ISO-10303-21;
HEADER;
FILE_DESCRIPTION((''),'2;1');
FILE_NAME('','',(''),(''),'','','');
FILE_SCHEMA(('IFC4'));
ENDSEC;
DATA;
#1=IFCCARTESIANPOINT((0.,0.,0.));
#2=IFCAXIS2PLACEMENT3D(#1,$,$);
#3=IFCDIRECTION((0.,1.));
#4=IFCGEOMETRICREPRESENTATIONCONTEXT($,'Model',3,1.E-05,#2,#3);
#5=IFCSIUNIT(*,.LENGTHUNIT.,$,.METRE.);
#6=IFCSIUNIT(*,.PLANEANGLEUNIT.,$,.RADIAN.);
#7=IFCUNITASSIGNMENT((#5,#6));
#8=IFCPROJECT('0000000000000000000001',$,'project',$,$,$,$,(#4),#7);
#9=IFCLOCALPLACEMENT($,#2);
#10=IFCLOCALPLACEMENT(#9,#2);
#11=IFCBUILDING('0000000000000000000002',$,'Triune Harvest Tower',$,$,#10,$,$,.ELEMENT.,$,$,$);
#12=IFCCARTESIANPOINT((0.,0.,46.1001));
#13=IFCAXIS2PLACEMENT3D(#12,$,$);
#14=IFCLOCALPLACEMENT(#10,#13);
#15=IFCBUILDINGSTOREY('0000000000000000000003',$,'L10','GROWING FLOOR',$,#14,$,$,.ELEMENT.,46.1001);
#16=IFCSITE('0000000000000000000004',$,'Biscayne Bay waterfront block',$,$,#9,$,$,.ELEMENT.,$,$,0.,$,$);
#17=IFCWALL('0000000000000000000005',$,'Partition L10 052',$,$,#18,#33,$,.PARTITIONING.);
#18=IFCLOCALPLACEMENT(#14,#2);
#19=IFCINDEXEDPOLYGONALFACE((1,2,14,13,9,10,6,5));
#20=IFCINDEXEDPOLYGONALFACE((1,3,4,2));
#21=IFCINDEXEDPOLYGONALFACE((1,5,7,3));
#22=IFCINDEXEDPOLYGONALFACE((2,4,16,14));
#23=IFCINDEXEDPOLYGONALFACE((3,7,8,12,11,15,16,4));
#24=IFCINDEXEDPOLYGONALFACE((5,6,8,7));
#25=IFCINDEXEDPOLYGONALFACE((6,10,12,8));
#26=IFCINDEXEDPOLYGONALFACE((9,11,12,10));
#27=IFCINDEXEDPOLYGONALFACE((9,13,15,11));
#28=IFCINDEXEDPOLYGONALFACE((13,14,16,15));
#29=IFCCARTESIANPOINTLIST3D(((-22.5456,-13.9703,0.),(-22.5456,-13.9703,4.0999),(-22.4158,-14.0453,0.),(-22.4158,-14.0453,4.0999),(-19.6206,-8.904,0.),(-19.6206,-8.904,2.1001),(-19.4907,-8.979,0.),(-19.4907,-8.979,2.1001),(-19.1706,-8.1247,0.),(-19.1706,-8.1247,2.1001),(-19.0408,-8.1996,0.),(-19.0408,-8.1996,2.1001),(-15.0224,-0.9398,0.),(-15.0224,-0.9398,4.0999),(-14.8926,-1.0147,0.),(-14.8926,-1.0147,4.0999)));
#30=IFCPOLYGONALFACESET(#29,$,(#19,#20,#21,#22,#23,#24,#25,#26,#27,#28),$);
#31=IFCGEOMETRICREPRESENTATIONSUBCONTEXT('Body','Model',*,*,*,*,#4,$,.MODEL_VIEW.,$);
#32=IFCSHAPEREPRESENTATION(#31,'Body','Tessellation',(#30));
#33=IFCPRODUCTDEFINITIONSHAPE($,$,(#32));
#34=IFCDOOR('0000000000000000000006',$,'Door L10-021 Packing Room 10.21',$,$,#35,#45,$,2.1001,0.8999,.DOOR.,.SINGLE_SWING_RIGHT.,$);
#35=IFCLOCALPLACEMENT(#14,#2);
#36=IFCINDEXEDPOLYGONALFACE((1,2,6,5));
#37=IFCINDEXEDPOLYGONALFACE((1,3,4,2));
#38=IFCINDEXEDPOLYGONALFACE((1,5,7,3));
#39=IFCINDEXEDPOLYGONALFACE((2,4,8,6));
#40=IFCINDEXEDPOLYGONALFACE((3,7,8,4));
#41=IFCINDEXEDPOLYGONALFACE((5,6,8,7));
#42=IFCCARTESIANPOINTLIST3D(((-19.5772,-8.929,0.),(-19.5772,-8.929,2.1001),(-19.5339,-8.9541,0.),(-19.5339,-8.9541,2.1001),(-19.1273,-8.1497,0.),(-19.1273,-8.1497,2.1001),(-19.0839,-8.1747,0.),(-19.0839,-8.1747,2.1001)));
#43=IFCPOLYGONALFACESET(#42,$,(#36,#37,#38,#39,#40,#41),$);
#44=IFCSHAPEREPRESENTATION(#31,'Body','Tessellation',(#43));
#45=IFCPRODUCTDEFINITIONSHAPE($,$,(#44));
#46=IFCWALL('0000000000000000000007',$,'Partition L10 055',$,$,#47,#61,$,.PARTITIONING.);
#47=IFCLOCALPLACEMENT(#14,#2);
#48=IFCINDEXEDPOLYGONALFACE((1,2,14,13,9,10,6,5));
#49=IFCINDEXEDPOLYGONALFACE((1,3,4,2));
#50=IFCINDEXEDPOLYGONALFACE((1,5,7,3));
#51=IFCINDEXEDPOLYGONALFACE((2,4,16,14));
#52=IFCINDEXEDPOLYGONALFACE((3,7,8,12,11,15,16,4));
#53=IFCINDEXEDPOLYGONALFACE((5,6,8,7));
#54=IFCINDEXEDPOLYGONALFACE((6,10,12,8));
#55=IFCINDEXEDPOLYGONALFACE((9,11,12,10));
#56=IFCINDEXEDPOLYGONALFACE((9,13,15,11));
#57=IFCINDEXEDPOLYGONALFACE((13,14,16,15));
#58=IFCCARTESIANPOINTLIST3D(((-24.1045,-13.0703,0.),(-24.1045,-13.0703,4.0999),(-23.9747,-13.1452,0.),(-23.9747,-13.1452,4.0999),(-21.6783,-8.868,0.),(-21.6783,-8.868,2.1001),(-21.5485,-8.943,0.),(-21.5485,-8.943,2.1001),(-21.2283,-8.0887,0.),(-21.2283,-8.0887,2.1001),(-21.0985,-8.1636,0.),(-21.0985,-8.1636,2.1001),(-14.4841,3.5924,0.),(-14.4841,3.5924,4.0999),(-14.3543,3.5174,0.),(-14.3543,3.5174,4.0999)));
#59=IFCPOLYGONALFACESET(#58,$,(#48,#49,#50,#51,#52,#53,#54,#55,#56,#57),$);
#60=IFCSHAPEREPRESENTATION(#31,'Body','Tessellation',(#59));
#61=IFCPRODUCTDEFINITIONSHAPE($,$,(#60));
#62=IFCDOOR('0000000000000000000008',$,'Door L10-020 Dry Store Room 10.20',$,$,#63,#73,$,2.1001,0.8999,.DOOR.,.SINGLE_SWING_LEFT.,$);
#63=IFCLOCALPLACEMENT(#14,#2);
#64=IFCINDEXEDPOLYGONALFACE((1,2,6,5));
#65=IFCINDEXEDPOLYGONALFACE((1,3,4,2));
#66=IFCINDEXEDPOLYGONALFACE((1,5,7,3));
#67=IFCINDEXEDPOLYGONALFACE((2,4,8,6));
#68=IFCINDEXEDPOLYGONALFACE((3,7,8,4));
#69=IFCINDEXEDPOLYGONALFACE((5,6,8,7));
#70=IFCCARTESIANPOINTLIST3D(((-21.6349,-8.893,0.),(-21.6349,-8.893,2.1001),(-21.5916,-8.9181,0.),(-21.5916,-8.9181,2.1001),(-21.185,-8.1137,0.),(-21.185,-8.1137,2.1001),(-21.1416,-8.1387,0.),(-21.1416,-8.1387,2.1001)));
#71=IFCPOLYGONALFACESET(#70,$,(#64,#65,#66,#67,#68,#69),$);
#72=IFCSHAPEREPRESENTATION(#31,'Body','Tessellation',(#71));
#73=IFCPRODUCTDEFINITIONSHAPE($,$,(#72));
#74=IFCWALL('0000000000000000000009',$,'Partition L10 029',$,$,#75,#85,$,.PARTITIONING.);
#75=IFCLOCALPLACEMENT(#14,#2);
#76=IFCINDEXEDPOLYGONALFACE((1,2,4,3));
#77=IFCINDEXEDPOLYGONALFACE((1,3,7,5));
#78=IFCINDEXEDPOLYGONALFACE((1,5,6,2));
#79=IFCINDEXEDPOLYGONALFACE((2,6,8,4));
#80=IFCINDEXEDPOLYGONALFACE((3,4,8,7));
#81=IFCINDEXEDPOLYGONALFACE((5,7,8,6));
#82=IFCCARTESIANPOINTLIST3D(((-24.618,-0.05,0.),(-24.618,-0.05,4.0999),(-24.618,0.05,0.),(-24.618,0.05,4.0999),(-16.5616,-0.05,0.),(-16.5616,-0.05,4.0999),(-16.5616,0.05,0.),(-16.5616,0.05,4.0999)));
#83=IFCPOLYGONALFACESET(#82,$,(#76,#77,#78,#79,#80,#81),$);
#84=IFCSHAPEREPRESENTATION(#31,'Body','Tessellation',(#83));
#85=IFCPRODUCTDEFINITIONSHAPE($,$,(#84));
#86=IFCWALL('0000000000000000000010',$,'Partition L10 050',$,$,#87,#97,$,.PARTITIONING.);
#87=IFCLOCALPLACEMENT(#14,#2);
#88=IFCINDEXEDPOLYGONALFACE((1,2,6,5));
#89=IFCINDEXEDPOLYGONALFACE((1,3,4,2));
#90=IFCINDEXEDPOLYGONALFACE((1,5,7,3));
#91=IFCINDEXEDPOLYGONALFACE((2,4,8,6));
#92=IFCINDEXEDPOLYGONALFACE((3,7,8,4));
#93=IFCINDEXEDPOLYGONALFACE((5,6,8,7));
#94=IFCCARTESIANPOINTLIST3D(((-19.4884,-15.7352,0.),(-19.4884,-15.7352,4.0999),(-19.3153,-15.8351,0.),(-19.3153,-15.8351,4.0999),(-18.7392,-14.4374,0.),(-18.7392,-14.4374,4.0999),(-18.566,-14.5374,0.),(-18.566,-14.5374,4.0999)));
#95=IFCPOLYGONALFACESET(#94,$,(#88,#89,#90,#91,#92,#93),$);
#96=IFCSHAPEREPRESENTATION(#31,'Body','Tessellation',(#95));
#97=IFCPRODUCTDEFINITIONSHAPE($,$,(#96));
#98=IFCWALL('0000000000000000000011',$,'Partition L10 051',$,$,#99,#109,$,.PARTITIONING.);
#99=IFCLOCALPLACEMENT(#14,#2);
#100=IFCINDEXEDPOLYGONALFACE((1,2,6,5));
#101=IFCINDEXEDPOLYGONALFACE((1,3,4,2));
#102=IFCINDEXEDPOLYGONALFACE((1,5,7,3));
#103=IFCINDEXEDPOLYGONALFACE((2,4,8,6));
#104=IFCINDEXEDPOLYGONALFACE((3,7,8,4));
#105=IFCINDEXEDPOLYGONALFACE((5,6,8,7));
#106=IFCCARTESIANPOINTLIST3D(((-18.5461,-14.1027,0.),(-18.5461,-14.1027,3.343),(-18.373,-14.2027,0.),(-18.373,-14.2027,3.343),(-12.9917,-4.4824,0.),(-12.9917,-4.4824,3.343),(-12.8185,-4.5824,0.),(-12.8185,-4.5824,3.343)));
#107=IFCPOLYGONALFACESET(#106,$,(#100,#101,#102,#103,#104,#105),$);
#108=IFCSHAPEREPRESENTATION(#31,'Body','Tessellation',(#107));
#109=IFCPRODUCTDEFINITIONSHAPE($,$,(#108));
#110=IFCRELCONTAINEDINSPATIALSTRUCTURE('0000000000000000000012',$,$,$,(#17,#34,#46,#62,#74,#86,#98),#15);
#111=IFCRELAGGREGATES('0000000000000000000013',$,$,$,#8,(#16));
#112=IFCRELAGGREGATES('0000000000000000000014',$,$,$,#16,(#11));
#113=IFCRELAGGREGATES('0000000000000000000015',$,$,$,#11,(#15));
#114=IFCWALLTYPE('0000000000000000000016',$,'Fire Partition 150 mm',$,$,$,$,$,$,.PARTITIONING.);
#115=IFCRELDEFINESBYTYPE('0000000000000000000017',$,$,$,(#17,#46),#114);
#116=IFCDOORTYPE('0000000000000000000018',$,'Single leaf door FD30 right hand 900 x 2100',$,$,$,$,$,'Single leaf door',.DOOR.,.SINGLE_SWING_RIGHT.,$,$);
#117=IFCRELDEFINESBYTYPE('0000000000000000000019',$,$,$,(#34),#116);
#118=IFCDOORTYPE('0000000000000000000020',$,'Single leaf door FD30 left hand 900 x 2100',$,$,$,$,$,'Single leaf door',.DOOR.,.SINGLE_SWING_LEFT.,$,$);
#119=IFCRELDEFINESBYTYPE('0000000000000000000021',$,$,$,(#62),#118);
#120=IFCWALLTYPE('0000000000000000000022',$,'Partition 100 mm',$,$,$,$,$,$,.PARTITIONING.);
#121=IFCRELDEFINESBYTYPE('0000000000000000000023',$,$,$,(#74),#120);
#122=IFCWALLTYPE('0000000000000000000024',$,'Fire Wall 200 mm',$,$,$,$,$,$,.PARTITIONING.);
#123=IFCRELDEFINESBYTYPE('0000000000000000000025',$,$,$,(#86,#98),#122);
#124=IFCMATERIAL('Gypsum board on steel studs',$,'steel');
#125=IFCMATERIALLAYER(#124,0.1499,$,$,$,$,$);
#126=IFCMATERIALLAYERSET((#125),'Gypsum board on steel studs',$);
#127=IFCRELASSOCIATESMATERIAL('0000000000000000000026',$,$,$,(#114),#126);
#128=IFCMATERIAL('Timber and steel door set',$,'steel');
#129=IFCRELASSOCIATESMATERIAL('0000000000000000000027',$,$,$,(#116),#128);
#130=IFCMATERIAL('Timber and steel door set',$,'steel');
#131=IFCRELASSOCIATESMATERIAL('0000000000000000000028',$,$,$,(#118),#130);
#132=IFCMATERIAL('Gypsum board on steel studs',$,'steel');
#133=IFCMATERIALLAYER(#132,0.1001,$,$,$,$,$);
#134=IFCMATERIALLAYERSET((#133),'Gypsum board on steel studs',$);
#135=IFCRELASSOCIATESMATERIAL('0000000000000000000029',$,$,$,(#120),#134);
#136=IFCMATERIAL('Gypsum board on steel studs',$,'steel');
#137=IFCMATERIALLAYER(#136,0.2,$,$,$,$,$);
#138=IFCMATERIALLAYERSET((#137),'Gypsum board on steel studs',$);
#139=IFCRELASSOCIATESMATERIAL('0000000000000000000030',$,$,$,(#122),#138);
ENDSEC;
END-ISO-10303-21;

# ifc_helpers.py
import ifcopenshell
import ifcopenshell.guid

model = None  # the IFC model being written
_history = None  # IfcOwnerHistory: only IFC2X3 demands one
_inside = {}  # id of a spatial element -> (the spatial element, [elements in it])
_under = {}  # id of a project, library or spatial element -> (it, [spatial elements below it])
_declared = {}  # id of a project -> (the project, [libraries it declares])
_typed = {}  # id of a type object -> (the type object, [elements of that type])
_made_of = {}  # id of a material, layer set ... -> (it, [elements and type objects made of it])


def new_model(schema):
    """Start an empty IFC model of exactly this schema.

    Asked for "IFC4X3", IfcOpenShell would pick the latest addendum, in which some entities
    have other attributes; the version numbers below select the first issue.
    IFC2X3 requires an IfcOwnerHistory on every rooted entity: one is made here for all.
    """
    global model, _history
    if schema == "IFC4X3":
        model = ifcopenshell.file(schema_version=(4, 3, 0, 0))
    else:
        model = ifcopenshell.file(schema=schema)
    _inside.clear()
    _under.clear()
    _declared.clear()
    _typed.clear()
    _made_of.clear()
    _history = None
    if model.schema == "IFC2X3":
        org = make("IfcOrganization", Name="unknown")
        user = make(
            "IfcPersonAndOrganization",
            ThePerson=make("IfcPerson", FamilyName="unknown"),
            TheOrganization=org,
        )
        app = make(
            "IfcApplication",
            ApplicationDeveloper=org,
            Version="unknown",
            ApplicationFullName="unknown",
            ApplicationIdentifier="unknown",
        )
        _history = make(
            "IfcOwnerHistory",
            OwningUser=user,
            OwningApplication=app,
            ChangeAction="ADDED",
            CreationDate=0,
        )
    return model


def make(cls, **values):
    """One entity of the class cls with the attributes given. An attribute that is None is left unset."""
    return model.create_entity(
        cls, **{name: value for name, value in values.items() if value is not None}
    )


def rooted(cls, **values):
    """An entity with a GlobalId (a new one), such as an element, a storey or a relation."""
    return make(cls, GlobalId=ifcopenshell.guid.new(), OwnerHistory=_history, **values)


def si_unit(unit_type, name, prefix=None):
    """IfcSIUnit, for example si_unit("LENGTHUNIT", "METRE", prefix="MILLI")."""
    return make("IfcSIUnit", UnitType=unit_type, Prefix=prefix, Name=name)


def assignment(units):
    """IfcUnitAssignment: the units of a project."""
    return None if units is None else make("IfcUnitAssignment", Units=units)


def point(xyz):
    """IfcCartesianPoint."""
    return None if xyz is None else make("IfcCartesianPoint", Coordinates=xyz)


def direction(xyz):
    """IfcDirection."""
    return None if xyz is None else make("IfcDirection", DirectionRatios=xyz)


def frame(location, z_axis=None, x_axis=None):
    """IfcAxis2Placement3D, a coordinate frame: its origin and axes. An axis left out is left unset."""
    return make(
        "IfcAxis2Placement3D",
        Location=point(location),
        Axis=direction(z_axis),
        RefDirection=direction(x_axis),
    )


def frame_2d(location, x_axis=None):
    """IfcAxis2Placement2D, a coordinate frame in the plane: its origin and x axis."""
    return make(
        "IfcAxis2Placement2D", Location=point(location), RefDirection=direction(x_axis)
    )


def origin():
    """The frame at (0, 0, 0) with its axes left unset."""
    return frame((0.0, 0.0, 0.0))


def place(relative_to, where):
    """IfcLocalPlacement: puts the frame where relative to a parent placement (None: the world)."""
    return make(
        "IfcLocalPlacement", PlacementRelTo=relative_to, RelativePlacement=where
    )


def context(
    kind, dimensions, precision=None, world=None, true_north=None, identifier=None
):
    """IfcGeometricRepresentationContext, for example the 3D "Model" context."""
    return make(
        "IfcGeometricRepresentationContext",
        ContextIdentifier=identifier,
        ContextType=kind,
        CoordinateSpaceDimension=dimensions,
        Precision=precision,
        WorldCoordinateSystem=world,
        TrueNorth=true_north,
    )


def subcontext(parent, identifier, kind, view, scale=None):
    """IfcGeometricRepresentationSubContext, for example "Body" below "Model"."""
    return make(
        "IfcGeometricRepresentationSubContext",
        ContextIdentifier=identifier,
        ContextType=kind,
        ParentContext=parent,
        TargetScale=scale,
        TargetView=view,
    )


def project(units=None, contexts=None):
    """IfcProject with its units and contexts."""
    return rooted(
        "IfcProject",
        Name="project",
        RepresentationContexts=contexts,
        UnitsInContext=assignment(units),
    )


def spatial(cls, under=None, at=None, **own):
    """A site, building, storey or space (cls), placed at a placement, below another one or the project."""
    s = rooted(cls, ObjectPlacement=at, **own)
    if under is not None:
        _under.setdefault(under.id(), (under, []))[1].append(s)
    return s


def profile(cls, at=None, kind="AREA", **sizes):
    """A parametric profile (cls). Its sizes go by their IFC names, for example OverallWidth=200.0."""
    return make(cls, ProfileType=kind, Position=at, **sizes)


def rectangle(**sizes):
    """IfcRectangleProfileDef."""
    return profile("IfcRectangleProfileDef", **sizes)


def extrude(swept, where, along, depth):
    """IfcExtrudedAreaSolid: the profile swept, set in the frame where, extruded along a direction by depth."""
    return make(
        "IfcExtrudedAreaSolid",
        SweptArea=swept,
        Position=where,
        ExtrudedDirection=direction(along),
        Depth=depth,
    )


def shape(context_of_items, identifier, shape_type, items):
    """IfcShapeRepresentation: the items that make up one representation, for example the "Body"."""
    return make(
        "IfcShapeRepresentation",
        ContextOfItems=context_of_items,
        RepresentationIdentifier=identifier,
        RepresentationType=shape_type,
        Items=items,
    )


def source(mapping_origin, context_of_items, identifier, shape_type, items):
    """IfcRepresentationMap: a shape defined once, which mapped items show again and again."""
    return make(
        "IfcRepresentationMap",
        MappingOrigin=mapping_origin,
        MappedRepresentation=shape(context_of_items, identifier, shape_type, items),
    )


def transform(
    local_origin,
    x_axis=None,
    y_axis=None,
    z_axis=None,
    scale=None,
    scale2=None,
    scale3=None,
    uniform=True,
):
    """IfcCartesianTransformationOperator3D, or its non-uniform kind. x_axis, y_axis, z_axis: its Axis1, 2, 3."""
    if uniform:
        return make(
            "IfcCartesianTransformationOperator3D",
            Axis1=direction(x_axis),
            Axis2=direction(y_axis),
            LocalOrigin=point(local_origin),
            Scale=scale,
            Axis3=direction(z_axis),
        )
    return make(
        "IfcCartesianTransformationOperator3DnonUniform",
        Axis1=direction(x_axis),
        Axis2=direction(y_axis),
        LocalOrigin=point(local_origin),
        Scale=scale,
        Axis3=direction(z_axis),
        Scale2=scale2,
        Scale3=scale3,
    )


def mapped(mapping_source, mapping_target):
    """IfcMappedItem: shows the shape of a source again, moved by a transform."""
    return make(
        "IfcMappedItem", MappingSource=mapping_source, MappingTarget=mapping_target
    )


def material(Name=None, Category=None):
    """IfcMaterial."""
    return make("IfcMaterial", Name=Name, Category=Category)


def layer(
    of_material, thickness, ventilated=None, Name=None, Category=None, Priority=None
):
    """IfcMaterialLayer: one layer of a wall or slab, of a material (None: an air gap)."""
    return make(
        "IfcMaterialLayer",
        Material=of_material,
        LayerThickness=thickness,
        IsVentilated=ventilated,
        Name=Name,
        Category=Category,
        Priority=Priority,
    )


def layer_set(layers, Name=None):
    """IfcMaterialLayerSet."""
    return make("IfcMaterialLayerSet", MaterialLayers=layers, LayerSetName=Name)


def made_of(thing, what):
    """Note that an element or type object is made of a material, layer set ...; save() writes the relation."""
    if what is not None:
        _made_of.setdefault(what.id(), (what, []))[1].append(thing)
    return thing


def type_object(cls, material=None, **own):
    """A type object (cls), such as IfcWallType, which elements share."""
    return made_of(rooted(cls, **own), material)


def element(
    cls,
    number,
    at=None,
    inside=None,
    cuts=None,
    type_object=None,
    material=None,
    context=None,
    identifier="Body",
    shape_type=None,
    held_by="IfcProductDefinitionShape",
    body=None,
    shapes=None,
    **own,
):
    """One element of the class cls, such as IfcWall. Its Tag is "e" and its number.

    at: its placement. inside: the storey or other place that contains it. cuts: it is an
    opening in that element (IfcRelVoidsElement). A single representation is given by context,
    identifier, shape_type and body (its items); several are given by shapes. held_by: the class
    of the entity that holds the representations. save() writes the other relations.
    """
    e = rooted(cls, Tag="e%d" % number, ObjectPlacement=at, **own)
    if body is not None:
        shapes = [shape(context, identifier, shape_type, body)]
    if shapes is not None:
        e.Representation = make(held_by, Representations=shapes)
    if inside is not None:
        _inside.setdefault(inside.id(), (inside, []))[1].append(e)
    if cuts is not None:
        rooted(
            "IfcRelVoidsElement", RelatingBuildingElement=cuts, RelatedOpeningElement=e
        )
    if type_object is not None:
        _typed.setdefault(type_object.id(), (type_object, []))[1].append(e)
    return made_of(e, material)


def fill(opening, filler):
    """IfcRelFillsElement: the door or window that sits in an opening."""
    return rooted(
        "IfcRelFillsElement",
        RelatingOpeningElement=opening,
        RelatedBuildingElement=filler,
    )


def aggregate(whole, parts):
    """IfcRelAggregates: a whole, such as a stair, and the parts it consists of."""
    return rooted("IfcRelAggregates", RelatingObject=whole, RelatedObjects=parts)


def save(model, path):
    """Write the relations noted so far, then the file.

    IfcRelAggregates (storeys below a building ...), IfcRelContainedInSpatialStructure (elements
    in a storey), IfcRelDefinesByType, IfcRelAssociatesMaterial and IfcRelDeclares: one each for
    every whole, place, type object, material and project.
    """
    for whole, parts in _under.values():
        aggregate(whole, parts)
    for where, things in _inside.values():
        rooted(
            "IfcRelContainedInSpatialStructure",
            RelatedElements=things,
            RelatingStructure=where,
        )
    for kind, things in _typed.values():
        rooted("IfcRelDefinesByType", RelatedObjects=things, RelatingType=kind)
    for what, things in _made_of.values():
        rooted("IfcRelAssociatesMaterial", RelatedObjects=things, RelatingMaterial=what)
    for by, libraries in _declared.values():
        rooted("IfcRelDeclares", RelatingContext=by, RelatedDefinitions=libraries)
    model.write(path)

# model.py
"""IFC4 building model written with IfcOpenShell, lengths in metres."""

from ifc_helpers import new_model, si_unit, direction, frame, frame_2d, origin, place, context, subcontext, project, spatial, rectangle, extrude, source, transform, mapped, material, layer, layer_set, type_object, element, fill, save


model = new_model("IFC4")

# Units and contexts
model_context = context("Model", 3, precision=1e-05, world=origin(), true_north=direction((0.0, 1.0)))
body_context = subcontext(model_context, "Body", "Model", "MODEL_VIEW")
ifc_project = project(units=[si_unit("LENGTHUNIT", "METRE"), si_unit("PLANEANGLEUNIT", "RADIAN")], contexts=[model_context])

# Site, building, storey
site_placement = place(None, origin())
site = spatial("IfcSite", under=ifc_project, at=site_placement, Name="Biscayne Bay waterfront block", CompositionType="ELEMENT", RefElevation=0.0)
building_placement = place(site_placement, origin())
building = spatial("IfcBuilding", under=site, at=building_placement, Name="Triune Harvest Tower", CompositionType="ELEMENT")
storey_placement = place(building_placement, frame((0.0, 0.0, 46.1001)))
storey = spatial("IfcBuildingStorey", under=building, at=storey_placement, Name="L10", Description="GROWING FLOOR", CompositionType="ELEMENT", Elevation=46.1001)

# Shared definitions
ifc_material_1 = material(Name="Gypsum board on steel studs", Category="steel")
ifc_layer_1 = layer(ifc_material_1, 0.1499)
ifc_layer_set_1 = layer_set([ifc_layer_1], Name="Gypsum board on steel studs")
wall_type_1 = type_object("IfcWallType", Name="Fire Partition 150 mm", PredefinedType="PARTITIONING", material=ifc_layer_set_1)

# Walls, openings, doors
wall_1_placement = place(storey_placement, frame((-22.4807, -14.0078, 0.0), z_axis=(0.0, 0.0, 1.0), x_axis=(0.500001, 0.866025, 0.0)))
wall_1 = element("IfcWall", 1, at=wall_1_placement, inside=storey, type_object=wall_type_1, Name="Partition L10 052", PredefinedType="PARTITIONING", context=body_context, shape_type="SweptSolid", body=[
    extrude(rectangle(XDim=15.0464, YDim=0.1499, at=frame_2d((7.5232, 0.0))), origin(), (0.0, 0.0, 1.0), 4.0999),
])
opening_1_placement = place(wall_1_placement, frame((5.8501, 0.0, 0.0)))
opening_1 = element("IfcOpeningElement", 2, at=opening_1_placement, cuts=wall_1, PredefinedType="OPENING", context=body_context, shape_type="SweptSolid", body=[
    extrude(rectangle(XDim=0.8999, YDim=2.1001, at=frame_2d((0.45, 1.05))), frame((0.0, 0.085, 0.0), z_axis=(0.0, -1.0, 0.0), x_axis=(1.0, 0.0, 0.0)), (0.0, 0.0, 1.0), 0.1699),
])
ifc_material_2 = material(Name="Timber and steel door set", Category="steel")
door_type_1 = type_object("IfcDoorType", Name="Single leaf door FD30 right hand 900 x 2100", ElementType="Single leaf door", OperationType="SINGLE_SWING_RIGHT", PredefinedType="DOOR", material=ifc_material_2)
door_1_placement = place(opening_1_placement, origin())
door_1 = element("IfcDoor", 3, at=door_1_placement, inside=storey, type_object=door_type_1, Name="Door L10-021 Packing Room 10.21", OperationType="SINGLE_SWING_RIGHT", OverallHeight=2.1001, OverallWidth=0.8999, PredefinedType="DOOR", context=body_context, shape_type="SweptSolid", body=[
    extrude(rectangle(XDim=0.8999, YDim=2.1001, at=frame_2d((0.45, 1.05))), frame((0.0, 0.0249, 0.0), z_axis=(0.0, -1.0, 0.0), x_axis=(1.0, 0.0, 0.0)), (0.0, 0.0, 1.0), 0.05),
])
fill(opening_1, door_1)
wall_2_placement = place(storey_placement, frame((-24.0396, -13.1077, 0.0), z_axis=(0.0, 0.0, 1.0), x_axis=(0.500008, 0.866021, 0.0)))
wall_2 = element("IfcWall", 4, at=wall_2_placement, inside=storey, type_object=wall_type_1, Name="Partition L10 055", PredefinedType="PARTITIONING", context=body_context, shape_type="SweptSolid", body=[
    extrude(rectangle(XDim=19.2405, YDim=0.1499, at=frame_2d((9.6201, 0.0))), origin(), (0.0, 0.0, 1.0), 4.0999),
])
opening_2_placement = place(wall_2_placement, frame((4.8523, 0.0, 0.0)))
opening_2 = element("IfcOpeningElement", 5, at=opening_2_placement, cuts=wall_2, PredefinedType="OPENING", context=body_context, shape_type="SweptSolid", body=[
    extrude(rectangle(XDim=0.8999, YDim=2.1001, at=frame_2d((0.45, 1.05))), frame((0.0, 0.085, 0.0), z_axis=(0.0, -1.0, 0.0), x_axis=(1.0, 0.0, 0.0)), (0.0, 0.0, 1.0), 0.1699),
])
ifc_material_3 = material(Name="Timber and steel door set", Category="steel")
door_type_2 = type_object("IfcDoorType", Name="Single leaf door FD30 left hand 900 x 2100", ElementType="Single leaf door", OperationType="SINGLE_SWING_LEFT", PredefinedType="DOOR", material=ifc_material_3)
door_2_placement = place(opening_2_placement, origin())
door_2 = element("IfcDoor", 6, at=door_2_placement, inside=storey, type_object=door_type_2, Name="Door L10-020 Dry Store Room 10.20", OperationType="SINGLE_SWING_LEFT", OverallHeight=2.1001, OverallWidth=0.8999, PredefinedType="DOOR", context=body_context, shape_type="SweptSolid", body=[
    extrude(rectangle(XDim=0.8999, YDim=2.1001, at=frame_2d((0.45, 1.05))), frame((0.0, 0.0249, 0.0), z_axis=(0.0, -1.0, 0.0), x_axis=(1.0, 0.0, 0.0)), (0.0, 0.0, 1.0), 0.05),
])
fill(opening_2, door_2)

# Walls
ifc_material_4 = material(Name="Gypsum board on steel studs", Category="steel")
ifc_layer_2 = layer(ifc_material_4, 0.1001)
ifc_layer_set_2 = layer_set([ifc_layer_2], Name="Gypsum board on steel studs")
wall_type_2 = type_object("IfcWallType", Name="Partition 100 mm", PredefinedType="PARTITIONING", material=ifc_layer_set_2)
wall_3_placement = place(storey_placement, frame((-24.6182, 0.0, 0.0), z_axis=(0.0, 0.0, 1.0), x_axis=(1.0, 0.0, 0.0)))
element("IfcWall", 7, at=wall_3_placement, inside=storey, type_object=wall_type_2, Name="Partition L10 029", PredefinedType="PARTITIONING", context=body_context, shape_type="SweptSolid", body=[
    extrude(rectangle(XDim=8.0564, YDim=0.1001, at=frame_2d((4.0283, 0.0))), origin(), (0.0, 0.0, 1.0), 4.0999),
])
ifc_material_5 = material(Name="Gypsum board on steel studs", Category="steel")
ifc_layer_3 = layer(ifc_material_5, 0.2)
ifc_layer_set_3 = layer_set([ifc_layer_3], Name="Gypsum board on steel studs")
wall_type_3 = type_object("IfcWallType", Name="Fire Wall 200 mm", PredefinedType="PARTITIONING", material=ifc_layer_set_3)
shared_shape_1 = source(origin(), body_context, "Body", "SweptSolid", [
    extrude(rectangle(XDim=1.4985, YDim=0.2, at=frame_2d((0.7493, 0.0))), origin(), (0.0, 0.0, 1.0), 4.0999),
])
wall_4_placement = place(storey_placement, frame((-19.4019, -15.7852, 0.0), z_axis=(0.0, 0.0, 1.0), x_axis=(0.499976, 0.866039, 0.0)))
element("IfcWall", 8, at=wall_4_placement, inside=storey, type_object=wall_type_3, Name="Partition L10 050", PredefinedType="PARTITIONING", context=body_context, shape_type="MappedRepresentation", body=[
    mapped(shared_shape_1, transform((0.0, 0.0, 0.0), scale=1.0)),
])
shared_shape_2 = source(origin(), body_context, "Body", "SweptSolid", [
    extrude(rectangle(XDim=11.1086, YDim=0.2, at=frame_2d((5.5542, 0.0))), origin(), (0.0, 0.0, 1.0), 3.343),
])
wall_5_placement = place(storey_placement, frame((-18.4595, -14.1526, 0.0), z_axis=(0.0, 0.0, 1.0), x_axis=(0.500008, 0.866021, 0.0)))
element("IfcWall", 9, at=wall_5_placement, inside=storey, type_object=wall_type_3, Name="Partition L10 051", PredefinedType="PARTITIONING", context=body_context, shape_type="MappedRepresentation", body=[
    mapped(shared_shape_2, transform((0.0, 0.0, 0.0), scale=1.0)),
])

save(model, "model.ifc")
